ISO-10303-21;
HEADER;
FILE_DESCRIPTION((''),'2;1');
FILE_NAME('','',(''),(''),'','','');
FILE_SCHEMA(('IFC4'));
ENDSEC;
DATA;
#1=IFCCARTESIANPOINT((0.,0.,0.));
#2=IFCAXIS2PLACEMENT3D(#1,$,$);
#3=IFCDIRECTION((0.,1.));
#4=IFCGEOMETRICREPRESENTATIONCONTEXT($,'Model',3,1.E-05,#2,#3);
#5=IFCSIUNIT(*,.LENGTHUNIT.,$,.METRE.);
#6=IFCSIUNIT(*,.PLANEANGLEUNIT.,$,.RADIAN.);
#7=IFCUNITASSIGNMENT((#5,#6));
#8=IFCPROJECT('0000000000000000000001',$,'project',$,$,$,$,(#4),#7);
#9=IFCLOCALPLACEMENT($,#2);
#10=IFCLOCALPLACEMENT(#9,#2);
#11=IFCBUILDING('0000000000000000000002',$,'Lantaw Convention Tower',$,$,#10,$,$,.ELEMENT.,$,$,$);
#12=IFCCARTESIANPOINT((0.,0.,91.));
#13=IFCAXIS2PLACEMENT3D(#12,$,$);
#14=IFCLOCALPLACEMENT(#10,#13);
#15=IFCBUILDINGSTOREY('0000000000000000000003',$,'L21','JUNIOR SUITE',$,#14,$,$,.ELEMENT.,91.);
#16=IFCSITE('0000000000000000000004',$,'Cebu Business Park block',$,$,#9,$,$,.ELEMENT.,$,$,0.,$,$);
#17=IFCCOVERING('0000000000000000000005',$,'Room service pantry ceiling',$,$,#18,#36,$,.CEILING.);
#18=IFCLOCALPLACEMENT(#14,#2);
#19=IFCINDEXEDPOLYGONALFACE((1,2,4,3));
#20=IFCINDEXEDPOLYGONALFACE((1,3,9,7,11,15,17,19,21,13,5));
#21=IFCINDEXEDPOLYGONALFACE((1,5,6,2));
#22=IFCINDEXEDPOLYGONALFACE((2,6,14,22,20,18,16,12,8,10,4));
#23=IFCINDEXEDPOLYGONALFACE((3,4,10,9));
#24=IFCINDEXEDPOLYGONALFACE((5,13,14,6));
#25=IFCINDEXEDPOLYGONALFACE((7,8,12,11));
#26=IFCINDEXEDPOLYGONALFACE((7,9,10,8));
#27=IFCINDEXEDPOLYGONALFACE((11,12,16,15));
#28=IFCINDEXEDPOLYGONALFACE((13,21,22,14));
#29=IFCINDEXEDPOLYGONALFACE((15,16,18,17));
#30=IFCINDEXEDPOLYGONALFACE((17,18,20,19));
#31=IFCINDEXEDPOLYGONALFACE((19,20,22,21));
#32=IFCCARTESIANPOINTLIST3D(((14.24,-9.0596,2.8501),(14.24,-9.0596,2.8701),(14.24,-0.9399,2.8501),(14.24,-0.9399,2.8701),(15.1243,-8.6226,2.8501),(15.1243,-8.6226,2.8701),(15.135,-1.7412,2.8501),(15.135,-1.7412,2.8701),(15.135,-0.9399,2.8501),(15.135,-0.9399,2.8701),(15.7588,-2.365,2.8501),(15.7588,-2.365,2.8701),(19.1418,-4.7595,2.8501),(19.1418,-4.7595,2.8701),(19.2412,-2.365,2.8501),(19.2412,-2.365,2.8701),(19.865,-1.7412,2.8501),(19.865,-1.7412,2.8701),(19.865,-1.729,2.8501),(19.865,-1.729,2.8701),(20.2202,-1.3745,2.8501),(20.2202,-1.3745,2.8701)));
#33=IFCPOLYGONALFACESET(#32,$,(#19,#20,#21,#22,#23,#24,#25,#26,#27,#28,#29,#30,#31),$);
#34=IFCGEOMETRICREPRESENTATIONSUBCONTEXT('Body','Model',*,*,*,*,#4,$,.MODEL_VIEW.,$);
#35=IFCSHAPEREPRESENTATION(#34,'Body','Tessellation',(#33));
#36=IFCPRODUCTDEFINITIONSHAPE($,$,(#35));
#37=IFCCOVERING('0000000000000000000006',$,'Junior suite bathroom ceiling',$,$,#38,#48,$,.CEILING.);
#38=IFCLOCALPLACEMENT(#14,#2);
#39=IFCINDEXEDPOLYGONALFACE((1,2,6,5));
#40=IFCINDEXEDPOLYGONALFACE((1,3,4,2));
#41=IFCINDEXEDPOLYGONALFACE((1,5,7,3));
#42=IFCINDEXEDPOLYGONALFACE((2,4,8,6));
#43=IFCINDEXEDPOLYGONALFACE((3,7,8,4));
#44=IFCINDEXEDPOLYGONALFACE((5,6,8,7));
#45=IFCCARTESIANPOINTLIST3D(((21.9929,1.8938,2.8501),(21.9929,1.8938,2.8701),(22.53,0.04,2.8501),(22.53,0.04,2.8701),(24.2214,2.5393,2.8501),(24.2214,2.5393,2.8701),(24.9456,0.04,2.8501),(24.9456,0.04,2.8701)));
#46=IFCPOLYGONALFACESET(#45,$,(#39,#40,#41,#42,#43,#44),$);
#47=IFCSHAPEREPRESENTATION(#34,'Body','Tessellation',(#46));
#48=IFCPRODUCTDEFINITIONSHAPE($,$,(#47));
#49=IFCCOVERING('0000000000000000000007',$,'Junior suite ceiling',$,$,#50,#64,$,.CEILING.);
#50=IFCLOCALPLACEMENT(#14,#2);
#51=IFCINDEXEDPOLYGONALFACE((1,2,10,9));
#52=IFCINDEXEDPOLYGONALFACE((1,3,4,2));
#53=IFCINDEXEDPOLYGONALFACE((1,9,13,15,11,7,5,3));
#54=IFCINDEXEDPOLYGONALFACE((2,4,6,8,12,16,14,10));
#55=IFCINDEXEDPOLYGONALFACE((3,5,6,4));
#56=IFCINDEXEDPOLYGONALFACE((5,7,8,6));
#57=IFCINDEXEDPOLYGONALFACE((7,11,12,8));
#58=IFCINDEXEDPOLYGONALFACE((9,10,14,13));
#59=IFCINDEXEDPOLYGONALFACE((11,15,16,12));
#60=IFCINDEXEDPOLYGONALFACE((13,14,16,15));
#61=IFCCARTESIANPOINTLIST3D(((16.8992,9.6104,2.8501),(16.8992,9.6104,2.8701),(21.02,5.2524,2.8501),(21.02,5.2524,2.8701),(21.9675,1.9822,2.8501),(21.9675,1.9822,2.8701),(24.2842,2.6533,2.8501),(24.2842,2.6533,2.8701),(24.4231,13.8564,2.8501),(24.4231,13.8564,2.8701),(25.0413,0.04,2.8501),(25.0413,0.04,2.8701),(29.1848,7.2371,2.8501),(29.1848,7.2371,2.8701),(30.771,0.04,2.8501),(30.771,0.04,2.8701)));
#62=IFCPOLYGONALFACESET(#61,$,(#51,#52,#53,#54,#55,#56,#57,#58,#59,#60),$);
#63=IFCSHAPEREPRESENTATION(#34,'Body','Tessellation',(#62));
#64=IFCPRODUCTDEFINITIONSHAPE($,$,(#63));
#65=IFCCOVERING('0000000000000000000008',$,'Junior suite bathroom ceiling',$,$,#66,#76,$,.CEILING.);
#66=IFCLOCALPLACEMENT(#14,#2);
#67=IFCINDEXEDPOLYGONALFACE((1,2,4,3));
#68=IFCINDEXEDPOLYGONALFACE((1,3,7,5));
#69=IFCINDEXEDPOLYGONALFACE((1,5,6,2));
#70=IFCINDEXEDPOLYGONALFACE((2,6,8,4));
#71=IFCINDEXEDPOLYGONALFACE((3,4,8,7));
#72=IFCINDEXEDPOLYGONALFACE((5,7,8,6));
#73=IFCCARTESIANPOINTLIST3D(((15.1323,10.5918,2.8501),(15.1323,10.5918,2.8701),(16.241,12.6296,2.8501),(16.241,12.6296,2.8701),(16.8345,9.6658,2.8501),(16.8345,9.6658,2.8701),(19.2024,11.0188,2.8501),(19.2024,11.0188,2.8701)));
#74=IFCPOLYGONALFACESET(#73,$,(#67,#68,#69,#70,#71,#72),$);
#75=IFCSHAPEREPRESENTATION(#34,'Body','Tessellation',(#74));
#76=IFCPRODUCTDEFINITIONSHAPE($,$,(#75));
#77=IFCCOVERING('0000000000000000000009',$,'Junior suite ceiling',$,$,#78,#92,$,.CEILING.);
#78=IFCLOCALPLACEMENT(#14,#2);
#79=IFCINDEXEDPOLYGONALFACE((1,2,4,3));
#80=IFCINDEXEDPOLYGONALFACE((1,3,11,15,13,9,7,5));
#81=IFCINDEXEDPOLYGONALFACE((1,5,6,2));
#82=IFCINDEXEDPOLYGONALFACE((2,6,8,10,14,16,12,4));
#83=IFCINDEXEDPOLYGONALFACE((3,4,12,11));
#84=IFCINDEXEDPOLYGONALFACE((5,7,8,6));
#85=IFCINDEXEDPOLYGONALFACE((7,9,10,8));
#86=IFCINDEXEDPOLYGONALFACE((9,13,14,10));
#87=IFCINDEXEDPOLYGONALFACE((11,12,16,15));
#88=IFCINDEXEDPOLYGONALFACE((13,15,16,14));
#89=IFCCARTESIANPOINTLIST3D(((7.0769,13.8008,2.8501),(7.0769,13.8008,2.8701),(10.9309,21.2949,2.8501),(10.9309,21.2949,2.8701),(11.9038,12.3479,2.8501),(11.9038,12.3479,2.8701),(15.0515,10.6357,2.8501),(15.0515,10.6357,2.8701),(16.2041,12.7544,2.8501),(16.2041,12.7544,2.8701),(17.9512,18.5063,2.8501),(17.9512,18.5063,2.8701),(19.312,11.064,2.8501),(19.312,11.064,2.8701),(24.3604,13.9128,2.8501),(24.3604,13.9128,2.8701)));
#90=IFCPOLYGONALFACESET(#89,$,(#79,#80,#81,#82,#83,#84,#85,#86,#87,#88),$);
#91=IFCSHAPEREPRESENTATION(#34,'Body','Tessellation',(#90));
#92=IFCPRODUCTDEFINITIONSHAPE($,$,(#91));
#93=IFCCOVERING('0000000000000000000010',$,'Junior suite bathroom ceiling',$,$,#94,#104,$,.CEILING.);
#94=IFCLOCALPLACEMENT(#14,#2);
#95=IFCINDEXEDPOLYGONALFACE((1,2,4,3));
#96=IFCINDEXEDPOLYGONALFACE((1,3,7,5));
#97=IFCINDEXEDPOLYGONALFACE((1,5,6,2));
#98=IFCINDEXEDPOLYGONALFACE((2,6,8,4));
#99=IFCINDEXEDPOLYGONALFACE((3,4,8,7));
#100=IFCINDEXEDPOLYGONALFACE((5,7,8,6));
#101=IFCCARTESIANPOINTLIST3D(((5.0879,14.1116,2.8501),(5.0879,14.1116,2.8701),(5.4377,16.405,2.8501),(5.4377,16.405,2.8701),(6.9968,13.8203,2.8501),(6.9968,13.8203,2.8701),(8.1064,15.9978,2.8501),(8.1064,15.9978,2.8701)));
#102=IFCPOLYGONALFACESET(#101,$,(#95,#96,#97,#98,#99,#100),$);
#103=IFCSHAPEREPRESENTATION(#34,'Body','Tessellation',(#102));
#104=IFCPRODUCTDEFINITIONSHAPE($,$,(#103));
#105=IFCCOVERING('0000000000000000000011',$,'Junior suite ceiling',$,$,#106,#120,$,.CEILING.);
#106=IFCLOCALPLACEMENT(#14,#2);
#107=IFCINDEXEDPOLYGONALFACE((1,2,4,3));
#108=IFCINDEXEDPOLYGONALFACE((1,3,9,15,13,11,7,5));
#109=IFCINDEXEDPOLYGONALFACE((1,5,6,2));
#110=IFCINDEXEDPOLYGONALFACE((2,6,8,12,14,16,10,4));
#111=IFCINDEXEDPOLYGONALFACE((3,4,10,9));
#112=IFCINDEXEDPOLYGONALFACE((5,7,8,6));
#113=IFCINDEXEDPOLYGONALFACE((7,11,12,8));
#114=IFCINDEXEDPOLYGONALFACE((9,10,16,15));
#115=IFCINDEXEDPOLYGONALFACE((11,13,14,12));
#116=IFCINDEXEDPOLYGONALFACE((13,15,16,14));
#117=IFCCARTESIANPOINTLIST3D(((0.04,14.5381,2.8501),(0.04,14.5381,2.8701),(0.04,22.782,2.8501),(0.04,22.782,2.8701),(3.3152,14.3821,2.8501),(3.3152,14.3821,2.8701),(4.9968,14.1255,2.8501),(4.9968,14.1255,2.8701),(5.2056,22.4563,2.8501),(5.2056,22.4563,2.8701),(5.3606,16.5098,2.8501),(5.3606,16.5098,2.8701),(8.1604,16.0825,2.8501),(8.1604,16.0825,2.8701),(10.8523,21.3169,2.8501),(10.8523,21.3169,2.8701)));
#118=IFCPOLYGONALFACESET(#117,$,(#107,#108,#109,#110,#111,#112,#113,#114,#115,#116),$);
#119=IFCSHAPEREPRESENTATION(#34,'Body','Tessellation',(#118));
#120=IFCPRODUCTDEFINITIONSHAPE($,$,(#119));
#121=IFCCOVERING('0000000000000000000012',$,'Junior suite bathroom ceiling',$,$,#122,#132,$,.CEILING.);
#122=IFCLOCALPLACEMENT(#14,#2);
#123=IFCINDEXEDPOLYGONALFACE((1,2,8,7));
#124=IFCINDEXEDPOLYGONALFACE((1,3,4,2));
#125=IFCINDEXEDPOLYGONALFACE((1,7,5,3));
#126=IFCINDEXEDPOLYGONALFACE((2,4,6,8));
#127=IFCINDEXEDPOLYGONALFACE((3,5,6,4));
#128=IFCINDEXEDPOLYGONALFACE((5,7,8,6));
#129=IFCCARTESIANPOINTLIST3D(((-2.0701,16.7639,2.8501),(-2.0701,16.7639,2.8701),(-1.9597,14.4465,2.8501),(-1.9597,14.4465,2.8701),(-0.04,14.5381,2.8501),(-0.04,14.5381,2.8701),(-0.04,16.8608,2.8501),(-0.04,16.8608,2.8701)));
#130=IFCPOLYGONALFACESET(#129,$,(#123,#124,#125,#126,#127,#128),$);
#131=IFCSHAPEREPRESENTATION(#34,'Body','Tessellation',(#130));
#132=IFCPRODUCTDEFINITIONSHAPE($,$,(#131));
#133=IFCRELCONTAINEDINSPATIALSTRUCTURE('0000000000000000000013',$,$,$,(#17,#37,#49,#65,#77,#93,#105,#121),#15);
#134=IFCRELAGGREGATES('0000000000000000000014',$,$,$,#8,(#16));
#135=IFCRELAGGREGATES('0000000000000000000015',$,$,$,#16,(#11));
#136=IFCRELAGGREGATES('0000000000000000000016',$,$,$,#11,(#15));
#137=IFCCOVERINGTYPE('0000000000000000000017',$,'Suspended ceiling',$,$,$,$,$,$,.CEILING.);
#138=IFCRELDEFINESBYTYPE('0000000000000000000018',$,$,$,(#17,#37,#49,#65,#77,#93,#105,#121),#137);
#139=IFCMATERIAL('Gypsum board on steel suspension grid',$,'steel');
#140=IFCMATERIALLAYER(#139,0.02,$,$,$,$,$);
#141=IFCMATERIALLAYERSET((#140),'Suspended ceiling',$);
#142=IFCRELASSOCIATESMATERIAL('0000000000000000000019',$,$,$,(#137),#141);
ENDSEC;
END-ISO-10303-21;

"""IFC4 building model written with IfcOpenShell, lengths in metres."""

from ifc_helpers import new_model, si_unit, direction, frame, origin, place, context, subcontext, project, spatial, polyline, outline, extrude, material, layer, layer_set, type_object, element, save


model = new_model("IFC4")

# Units and contexts
model_context = context("Model", 3, precision=1e-05, world=origin(), true_north=direction((0.0, 1.0)))
body_context = subcontext(model_context, "Body", "Model", "MODEL_VIEW")
ifc_project = project(units=[si_unit("LENGTHUNIT", "METRE"), si_unit("PLANEANGLEUNIT", "RADIAN")], contexts=[model_context])

# Site, building, storey
site_placement = place(None, origin())
site = spatial("IfcSite", under=ifc_project, at=site_placement, Name="Cebu Business Park block", CompositionType="ELEMENT", RefElevation=0.0)
building_placement = place(site_placement, origin())
building = spatial("IfcBuilding", under=site, at=building_placement, Name="Lantaw Convention Tower", CompositionType="ELEMENT")
storey_placement = place(building_placement, frame((0.0, 0.0, 91.0)))
storey = spatial("IfcBuildingStorey", under=building, at=storey_placement, Name="L21", Description="JUNIOR SUITE", CompositionType="ELEMENT", Elevation=91.0)

# Coverings
ifc_material_1 = material(Name="Gypsum board on steel suspension grid", Category="steel")
ifc_layer_1 = layer(ifc_material_1, 0.02)
ifc_layer_set_1 = layer_set([ifc_layer_1], Name="Suspended ceiling")
covering_type = type_object("IfcCoveringType", Name="Suspended ceiling", PredefinedType="CEILING", material=ifc_layer_set_1)
covering_1_placement = place(storey_placement, frame((0.0, 0.0, 2.8501)))
element("IfcCovering", 1, at=covering_1_placement, inside=storey, type_object=covering_type, Name="Room service pantry ceiling", PredefinedType="CEILING", context=body_context, shape_type="SweptSolid", body=[
    extrude(outline(polyline([(14.24, -0.9399), (14.24, -9.0596), (15.1243, -8.6226), (19.1418, -4.7595), (20.2202, -1.3745), (19.865, -1.729), (19.865, -1.7412), (19.2412, -2.365), (15.7588, -2.365), (15.135, -1.7412), (15.135, -0.9399), (14.24, -0.9399)])), origin(), (0.0, 0.0, 1.0), 0.02),
])
covering_2_placement = place(storey_placement, frame((0.0, 0.0, 2.8501)))
element("IfcCovering", 2, at=covering_2_placement, inside=storey, type_object=covering_type, Name="Junior suite bathroom ceiling", PredefinedType="CEILING", context=body_context, shape_type="SweptSolid", body=[
    extrude(outline(polyline([(22.53, 0.04), (24.9456, 0.04), (24.2214, 2.5393), (21.9929, 1.8938), (22.53, 0.04)])), origin(), (0.0, 0.0, 1.0), 0.02),
])
covering_3_placement = place(storey_placement, frame((0.0, 0.0, 2.8501)))
element("IfcCovering", 3, at=covering_3_placement, inside=storey, type_object=covering_type, Name="Junior suite ceiling", PredefinedType="CEILING", context=body_context, shape_type="SweptSolid", body=[
    extrude(outline(polyline([(16.8992, 9.6104), (21.02, 5.2524), (21.9675, 1.9822), (24.2842, 2.6533), (25.0413, 0.04), (30.771, 0.04), (29.1848, 7.2371), (24.4231, 13.8564), (16.8992, 9.6104)])), origin(), (0.0, 0.0, 1.0), 0.02),
])
covering_4_placement = place(storey_placement, frame((0.0, 0.0, 2.8501)))
element("IfcCovering", 4, at=covering_4_placement, inside=storey, type_object=covering_type, Name="Junior suite bathroom ceiling", PredefinedType="CEILING", context=body_context, shape_type="SweptSolid", body=[
    extrude(outline(polyline([(16.8345, 9.6658), (19.2024, 11.0188), (16.241, 12.6296), (15.1323, 10.5918), (16.8345, 9.6658)])), origin(), (0.0, 0.0, 1.0), 0.02),
])
covering_5_placement = place(storey_placement, frame((0.0, 0.0, 2.8501)))
element("IfcCovering", 5, at=covering_5_placement, inside=storey, type_object=covering_type, Name="Junior suite ceiling", PredefinedType="CEILING", context=body_context, shape_type="SweptSolid", body=[
    extrude(outline(polyline([(7.0769, 13.8008), (11.9038, 12.3479), (15.0515, 10.6357), (16.2041, 12.7544), (19.312, 11.064), (24.3604, 13.9128), (17.9512, 18.5063), (10.9309, 21.2949), (7.0769, 13.8008)])), origin(), (0.0, 0.0, 1.0), 0.02),
])
covering_6_placement = place(storey_placement, frame((0.0, 0.0, 2.8501)))
element("IfcCovering", 6, at=covering_6_placement, inside=storey, type_object=covering_type, Name="Junior suite bathroom ceiling", PredefinedType="CEILING", context=body_context, shape_type="SweptSolid", body=[
    extrude(outline(polyline([(6.9968, 13.8203), (8.1064, 15.9978), (5.4377, 16.405), (5.0879, 14.1116), (6.9968, 13.8203)])), origin(), (0.0, 0.0, 1.0), 0.02),
])
covering_7_placement = place(storey_placement, frame((0.0, 0.0, 2.8501)))
element("IfcCovering", 7, at=covering_7_placement, inside=storey, type_object=covering_type, Name="Junior suite ceiling", PredefinedType="CEILING", context=body_context, shape_type="SweptSolid", body=[
    extrude(outline(polyline([(0.04, 14.5381), (3.3152, 14.3821), (4.9968, 14.1255), (5.3606, 16.5098), (8.1604, 16.0825), (10.8523, 21.3169), (5.2056, 22.4563), (0.04, 22.782), (0.04, 14.5381)])), origin(), (0.0, 0.0, 1.0), 0.02),
])
covering_8_placement = place(storey_placement, frame((0.0, 0.0, 2.8501)))
element("IfcCovering", 8, at=covering_8_placement, inside=storey, type_object=covering_type, Name="Junior suite bathroom ceiling", PredefinedType="CEILING", context=body_context, shape_type="SweptSolid", body=[
    extrude(outline(polyline([(-0.04, 14.5381), (-0.04, 16.8608), (-2.0701, 16.7639), (-1.9597, 14.4465), (-0.04, 14.5381)])), origin(), (0.0, 0.0, 1.0), 0.02),
])

save(model, "model.ifc")
